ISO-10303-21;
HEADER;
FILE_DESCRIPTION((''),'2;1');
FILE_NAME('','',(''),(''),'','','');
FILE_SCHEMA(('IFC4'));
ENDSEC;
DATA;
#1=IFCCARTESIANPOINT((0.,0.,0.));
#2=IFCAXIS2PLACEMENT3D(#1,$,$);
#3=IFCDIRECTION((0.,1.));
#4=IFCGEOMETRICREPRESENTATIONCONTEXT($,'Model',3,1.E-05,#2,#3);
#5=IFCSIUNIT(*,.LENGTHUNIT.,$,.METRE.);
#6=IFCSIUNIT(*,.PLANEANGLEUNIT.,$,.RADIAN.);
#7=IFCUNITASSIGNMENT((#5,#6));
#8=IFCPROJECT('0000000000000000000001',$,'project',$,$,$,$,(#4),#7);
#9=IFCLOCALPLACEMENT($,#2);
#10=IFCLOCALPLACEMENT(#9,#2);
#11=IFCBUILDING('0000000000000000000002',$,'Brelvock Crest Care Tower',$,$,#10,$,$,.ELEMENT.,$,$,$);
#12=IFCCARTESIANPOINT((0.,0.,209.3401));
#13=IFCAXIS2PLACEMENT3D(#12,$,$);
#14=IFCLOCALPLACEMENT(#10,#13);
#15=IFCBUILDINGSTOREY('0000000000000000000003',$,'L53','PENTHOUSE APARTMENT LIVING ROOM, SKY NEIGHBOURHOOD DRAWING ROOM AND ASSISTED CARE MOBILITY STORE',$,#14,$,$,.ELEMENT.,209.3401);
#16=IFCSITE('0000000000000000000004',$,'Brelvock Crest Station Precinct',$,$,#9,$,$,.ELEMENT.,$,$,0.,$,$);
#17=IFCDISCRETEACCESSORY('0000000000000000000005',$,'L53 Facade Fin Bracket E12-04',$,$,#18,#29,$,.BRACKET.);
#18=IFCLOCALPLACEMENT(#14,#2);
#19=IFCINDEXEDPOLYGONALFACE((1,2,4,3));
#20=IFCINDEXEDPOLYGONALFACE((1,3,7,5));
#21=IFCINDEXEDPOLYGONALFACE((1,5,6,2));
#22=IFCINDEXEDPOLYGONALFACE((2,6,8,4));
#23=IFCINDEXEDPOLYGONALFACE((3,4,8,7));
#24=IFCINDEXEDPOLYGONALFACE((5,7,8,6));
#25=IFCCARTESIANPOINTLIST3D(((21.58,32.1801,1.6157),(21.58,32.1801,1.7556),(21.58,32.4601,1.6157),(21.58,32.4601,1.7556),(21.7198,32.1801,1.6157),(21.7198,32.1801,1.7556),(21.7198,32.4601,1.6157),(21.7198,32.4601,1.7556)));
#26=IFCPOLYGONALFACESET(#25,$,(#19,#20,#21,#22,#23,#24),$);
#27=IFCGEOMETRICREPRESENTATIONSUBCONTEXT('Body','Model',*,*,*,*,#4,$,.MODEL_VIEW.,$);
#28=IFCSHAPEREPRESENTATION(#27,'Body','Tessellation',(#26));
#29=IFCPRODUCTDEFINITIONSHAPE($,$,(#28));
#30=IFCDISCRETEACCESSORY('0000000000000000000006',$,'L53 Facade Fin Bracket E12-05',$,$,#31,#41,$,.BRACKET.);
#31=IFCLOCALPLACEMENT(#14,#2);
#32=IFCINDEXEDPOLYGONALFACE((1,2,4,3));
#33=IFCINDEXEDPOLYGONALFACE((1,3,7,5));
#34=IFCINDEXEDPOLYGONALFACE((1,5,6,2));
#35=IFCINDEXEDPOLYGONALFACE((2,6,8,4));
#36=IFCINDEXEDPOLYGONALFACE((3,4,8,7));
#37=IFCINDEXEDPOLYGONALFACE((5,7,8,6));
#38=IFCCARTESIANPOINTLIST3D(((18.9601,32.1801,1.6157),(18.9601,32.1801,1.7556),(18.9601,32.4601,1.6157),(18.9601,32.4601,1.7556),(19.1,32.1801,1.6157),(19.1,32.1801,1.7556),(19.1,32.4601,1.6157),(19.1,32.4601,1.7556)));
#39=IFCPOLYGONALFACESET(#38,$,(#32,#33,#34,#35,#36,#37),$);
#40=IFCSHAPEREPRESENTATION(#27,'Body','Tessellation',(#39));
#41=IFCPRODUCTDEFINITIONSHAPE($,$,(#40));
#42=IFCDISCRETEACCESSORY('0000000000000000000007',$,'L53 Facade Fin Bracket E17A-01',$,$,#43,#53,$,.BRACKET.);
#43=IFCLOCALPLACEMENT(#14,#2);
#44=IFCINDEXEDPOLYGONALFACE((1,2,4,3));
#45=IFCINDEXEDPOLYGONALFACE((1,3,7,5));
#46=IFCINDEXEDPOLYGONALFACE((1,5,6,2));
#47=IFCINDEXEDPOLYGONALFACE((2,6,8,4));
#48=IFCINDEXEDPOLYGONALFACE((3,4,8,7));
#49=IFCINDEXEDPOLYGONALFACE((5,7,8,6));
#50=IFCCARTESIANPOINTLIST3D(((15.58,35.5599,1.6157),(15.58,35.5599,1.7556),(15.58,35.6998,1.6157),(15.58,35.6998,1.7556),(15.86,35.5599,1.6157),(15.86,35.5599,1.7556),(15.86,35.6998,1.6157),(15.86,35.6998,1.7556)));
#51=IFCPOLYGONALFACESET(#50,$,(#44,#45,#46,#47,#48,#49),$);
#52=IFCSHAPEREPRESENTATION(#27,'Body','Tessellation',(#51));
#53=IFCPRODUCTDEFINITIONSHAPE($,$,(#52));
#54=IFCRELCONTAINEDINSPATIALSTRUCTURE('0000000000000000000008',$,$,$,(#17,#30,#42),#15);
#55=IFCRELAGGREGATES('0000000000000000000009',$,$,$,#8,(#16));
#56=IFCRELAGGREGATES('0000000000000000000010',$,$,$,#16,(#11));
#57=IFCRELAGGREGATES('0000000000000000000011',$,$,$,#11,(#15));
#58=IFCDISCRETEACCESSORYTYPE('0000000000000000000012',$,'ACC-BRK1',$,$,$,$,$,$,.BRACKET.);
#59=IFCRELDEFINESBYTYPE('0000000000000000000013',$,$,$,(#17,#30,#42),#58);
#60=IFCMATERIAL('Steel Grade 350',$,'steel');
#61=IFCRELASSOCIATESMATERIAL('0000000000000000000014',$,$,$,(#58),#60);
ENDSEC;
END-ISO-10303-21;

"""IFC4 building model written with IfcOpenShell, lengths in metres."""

from ifc_helpers import new_model, si_unit, direction, frame, origin, origin_2d, place, context, subcontext, project, spatial, rectangle, extrude, source, transform, mapped, material, type_object, element, save


model = new_model("IFC4")

# Units and contexts
model_context = context("Model", 3, precision=1e-05, world=origin(), true_north=direction((0.0, 1.0)))
body_context = subcontext(model_context, "Body", "Model", "MODEL_VIEW")
ifc_project = project(units=[si_unit("LENGTHUNIT", "METRE"), si_unit("PLANEANGLEUNIT", "RADIAN")], contexts=[model_context])

# Site, building, storey
site_placement = place(None, origin())
site = spatial("IfcSite", under=ifc_project, at=site_placement, Name="Brelvock Crest Station Precinct", CompositionType="ELEMENT", RefElevation=0.0)
building_placement = place(site_placement, origin())
building = spatial("IfcBuilding", under=site, at=building_placement, Name="Brelvock Crest Care Tower", CompositionType="ELEMENT")
storey_placement = place(building_placement, frame((0.0, 0.0, 209.3401)))
storey = spatial("IfcBuildingStorey", under=building, at=storey_placement, Name="L53", Description="PENTHOUSE APARTMENT LIVING ROOM, SKY NEIGHBOURHOOD DRAWING ROOM AND ASSISTED CARE MOBILITY STORE", CompositionType="ELEMENT", Elevation=209.3401)

# Shared definitions
ifc_material_1 = material(Name="Steel Grade 350", Category="steel")

# Discrete accessories
discrete_accessory_type = type_object("IfcDiscreteAccessoryType", Name="ACC-BRK1", PredefinedType="BRACKET", material=ifc_material_1)
shared_shape_1 = source(origin(), body_context, "Body", "SweptSolid", [
    extrude(rectangle(XDim=0.28, YDim=0.1399, at=origin_2d()), origin(), (0.0, 0.0, 1.0), 0.1399),
])
for number, where, z_axis, x_axis, name in (
    (1, (21.6499, 32.3201, 1.6157), (0.0, 0.0, 1.0), (0.0, -1.0, 0.0), "L53 Facade Fin Bracket E12-04"),
    (2, (19.03, 32.3201, 1.6157), (0.0, 0.0, 1.0), (0.0, -1.0, 0.0), "L53 Facade Fin Bracket E12-05"),
    (3, (15.72, 35.6299, 1.6157), (0.0, 0.0, 1.0), (-1.0, 0.0, 0.0), "L53 Facade Fin Bracket E17A-01"),
):
    element("IfcDiscreteAccessory", number, at=place(storey_placement, frame(where, z_axis=z_axis, x_axis=x_axis)), inside=storey, type_object=discrete_accessory_type, Name=name, PredefinedType="BRACKET", context=body_context, shape_type="MappedRepresentation", body=[
        mapped(shared_shape_1, transform((0.0, 0.0, 0.0), x_axis=(1.0, 0.0, 0.0), y_axis=(0.0, 1.0, 0.0), z_axis=(0.0, 0.0, 1.0), scale=1.0)),
    ])

save(model, "model.ifc")
